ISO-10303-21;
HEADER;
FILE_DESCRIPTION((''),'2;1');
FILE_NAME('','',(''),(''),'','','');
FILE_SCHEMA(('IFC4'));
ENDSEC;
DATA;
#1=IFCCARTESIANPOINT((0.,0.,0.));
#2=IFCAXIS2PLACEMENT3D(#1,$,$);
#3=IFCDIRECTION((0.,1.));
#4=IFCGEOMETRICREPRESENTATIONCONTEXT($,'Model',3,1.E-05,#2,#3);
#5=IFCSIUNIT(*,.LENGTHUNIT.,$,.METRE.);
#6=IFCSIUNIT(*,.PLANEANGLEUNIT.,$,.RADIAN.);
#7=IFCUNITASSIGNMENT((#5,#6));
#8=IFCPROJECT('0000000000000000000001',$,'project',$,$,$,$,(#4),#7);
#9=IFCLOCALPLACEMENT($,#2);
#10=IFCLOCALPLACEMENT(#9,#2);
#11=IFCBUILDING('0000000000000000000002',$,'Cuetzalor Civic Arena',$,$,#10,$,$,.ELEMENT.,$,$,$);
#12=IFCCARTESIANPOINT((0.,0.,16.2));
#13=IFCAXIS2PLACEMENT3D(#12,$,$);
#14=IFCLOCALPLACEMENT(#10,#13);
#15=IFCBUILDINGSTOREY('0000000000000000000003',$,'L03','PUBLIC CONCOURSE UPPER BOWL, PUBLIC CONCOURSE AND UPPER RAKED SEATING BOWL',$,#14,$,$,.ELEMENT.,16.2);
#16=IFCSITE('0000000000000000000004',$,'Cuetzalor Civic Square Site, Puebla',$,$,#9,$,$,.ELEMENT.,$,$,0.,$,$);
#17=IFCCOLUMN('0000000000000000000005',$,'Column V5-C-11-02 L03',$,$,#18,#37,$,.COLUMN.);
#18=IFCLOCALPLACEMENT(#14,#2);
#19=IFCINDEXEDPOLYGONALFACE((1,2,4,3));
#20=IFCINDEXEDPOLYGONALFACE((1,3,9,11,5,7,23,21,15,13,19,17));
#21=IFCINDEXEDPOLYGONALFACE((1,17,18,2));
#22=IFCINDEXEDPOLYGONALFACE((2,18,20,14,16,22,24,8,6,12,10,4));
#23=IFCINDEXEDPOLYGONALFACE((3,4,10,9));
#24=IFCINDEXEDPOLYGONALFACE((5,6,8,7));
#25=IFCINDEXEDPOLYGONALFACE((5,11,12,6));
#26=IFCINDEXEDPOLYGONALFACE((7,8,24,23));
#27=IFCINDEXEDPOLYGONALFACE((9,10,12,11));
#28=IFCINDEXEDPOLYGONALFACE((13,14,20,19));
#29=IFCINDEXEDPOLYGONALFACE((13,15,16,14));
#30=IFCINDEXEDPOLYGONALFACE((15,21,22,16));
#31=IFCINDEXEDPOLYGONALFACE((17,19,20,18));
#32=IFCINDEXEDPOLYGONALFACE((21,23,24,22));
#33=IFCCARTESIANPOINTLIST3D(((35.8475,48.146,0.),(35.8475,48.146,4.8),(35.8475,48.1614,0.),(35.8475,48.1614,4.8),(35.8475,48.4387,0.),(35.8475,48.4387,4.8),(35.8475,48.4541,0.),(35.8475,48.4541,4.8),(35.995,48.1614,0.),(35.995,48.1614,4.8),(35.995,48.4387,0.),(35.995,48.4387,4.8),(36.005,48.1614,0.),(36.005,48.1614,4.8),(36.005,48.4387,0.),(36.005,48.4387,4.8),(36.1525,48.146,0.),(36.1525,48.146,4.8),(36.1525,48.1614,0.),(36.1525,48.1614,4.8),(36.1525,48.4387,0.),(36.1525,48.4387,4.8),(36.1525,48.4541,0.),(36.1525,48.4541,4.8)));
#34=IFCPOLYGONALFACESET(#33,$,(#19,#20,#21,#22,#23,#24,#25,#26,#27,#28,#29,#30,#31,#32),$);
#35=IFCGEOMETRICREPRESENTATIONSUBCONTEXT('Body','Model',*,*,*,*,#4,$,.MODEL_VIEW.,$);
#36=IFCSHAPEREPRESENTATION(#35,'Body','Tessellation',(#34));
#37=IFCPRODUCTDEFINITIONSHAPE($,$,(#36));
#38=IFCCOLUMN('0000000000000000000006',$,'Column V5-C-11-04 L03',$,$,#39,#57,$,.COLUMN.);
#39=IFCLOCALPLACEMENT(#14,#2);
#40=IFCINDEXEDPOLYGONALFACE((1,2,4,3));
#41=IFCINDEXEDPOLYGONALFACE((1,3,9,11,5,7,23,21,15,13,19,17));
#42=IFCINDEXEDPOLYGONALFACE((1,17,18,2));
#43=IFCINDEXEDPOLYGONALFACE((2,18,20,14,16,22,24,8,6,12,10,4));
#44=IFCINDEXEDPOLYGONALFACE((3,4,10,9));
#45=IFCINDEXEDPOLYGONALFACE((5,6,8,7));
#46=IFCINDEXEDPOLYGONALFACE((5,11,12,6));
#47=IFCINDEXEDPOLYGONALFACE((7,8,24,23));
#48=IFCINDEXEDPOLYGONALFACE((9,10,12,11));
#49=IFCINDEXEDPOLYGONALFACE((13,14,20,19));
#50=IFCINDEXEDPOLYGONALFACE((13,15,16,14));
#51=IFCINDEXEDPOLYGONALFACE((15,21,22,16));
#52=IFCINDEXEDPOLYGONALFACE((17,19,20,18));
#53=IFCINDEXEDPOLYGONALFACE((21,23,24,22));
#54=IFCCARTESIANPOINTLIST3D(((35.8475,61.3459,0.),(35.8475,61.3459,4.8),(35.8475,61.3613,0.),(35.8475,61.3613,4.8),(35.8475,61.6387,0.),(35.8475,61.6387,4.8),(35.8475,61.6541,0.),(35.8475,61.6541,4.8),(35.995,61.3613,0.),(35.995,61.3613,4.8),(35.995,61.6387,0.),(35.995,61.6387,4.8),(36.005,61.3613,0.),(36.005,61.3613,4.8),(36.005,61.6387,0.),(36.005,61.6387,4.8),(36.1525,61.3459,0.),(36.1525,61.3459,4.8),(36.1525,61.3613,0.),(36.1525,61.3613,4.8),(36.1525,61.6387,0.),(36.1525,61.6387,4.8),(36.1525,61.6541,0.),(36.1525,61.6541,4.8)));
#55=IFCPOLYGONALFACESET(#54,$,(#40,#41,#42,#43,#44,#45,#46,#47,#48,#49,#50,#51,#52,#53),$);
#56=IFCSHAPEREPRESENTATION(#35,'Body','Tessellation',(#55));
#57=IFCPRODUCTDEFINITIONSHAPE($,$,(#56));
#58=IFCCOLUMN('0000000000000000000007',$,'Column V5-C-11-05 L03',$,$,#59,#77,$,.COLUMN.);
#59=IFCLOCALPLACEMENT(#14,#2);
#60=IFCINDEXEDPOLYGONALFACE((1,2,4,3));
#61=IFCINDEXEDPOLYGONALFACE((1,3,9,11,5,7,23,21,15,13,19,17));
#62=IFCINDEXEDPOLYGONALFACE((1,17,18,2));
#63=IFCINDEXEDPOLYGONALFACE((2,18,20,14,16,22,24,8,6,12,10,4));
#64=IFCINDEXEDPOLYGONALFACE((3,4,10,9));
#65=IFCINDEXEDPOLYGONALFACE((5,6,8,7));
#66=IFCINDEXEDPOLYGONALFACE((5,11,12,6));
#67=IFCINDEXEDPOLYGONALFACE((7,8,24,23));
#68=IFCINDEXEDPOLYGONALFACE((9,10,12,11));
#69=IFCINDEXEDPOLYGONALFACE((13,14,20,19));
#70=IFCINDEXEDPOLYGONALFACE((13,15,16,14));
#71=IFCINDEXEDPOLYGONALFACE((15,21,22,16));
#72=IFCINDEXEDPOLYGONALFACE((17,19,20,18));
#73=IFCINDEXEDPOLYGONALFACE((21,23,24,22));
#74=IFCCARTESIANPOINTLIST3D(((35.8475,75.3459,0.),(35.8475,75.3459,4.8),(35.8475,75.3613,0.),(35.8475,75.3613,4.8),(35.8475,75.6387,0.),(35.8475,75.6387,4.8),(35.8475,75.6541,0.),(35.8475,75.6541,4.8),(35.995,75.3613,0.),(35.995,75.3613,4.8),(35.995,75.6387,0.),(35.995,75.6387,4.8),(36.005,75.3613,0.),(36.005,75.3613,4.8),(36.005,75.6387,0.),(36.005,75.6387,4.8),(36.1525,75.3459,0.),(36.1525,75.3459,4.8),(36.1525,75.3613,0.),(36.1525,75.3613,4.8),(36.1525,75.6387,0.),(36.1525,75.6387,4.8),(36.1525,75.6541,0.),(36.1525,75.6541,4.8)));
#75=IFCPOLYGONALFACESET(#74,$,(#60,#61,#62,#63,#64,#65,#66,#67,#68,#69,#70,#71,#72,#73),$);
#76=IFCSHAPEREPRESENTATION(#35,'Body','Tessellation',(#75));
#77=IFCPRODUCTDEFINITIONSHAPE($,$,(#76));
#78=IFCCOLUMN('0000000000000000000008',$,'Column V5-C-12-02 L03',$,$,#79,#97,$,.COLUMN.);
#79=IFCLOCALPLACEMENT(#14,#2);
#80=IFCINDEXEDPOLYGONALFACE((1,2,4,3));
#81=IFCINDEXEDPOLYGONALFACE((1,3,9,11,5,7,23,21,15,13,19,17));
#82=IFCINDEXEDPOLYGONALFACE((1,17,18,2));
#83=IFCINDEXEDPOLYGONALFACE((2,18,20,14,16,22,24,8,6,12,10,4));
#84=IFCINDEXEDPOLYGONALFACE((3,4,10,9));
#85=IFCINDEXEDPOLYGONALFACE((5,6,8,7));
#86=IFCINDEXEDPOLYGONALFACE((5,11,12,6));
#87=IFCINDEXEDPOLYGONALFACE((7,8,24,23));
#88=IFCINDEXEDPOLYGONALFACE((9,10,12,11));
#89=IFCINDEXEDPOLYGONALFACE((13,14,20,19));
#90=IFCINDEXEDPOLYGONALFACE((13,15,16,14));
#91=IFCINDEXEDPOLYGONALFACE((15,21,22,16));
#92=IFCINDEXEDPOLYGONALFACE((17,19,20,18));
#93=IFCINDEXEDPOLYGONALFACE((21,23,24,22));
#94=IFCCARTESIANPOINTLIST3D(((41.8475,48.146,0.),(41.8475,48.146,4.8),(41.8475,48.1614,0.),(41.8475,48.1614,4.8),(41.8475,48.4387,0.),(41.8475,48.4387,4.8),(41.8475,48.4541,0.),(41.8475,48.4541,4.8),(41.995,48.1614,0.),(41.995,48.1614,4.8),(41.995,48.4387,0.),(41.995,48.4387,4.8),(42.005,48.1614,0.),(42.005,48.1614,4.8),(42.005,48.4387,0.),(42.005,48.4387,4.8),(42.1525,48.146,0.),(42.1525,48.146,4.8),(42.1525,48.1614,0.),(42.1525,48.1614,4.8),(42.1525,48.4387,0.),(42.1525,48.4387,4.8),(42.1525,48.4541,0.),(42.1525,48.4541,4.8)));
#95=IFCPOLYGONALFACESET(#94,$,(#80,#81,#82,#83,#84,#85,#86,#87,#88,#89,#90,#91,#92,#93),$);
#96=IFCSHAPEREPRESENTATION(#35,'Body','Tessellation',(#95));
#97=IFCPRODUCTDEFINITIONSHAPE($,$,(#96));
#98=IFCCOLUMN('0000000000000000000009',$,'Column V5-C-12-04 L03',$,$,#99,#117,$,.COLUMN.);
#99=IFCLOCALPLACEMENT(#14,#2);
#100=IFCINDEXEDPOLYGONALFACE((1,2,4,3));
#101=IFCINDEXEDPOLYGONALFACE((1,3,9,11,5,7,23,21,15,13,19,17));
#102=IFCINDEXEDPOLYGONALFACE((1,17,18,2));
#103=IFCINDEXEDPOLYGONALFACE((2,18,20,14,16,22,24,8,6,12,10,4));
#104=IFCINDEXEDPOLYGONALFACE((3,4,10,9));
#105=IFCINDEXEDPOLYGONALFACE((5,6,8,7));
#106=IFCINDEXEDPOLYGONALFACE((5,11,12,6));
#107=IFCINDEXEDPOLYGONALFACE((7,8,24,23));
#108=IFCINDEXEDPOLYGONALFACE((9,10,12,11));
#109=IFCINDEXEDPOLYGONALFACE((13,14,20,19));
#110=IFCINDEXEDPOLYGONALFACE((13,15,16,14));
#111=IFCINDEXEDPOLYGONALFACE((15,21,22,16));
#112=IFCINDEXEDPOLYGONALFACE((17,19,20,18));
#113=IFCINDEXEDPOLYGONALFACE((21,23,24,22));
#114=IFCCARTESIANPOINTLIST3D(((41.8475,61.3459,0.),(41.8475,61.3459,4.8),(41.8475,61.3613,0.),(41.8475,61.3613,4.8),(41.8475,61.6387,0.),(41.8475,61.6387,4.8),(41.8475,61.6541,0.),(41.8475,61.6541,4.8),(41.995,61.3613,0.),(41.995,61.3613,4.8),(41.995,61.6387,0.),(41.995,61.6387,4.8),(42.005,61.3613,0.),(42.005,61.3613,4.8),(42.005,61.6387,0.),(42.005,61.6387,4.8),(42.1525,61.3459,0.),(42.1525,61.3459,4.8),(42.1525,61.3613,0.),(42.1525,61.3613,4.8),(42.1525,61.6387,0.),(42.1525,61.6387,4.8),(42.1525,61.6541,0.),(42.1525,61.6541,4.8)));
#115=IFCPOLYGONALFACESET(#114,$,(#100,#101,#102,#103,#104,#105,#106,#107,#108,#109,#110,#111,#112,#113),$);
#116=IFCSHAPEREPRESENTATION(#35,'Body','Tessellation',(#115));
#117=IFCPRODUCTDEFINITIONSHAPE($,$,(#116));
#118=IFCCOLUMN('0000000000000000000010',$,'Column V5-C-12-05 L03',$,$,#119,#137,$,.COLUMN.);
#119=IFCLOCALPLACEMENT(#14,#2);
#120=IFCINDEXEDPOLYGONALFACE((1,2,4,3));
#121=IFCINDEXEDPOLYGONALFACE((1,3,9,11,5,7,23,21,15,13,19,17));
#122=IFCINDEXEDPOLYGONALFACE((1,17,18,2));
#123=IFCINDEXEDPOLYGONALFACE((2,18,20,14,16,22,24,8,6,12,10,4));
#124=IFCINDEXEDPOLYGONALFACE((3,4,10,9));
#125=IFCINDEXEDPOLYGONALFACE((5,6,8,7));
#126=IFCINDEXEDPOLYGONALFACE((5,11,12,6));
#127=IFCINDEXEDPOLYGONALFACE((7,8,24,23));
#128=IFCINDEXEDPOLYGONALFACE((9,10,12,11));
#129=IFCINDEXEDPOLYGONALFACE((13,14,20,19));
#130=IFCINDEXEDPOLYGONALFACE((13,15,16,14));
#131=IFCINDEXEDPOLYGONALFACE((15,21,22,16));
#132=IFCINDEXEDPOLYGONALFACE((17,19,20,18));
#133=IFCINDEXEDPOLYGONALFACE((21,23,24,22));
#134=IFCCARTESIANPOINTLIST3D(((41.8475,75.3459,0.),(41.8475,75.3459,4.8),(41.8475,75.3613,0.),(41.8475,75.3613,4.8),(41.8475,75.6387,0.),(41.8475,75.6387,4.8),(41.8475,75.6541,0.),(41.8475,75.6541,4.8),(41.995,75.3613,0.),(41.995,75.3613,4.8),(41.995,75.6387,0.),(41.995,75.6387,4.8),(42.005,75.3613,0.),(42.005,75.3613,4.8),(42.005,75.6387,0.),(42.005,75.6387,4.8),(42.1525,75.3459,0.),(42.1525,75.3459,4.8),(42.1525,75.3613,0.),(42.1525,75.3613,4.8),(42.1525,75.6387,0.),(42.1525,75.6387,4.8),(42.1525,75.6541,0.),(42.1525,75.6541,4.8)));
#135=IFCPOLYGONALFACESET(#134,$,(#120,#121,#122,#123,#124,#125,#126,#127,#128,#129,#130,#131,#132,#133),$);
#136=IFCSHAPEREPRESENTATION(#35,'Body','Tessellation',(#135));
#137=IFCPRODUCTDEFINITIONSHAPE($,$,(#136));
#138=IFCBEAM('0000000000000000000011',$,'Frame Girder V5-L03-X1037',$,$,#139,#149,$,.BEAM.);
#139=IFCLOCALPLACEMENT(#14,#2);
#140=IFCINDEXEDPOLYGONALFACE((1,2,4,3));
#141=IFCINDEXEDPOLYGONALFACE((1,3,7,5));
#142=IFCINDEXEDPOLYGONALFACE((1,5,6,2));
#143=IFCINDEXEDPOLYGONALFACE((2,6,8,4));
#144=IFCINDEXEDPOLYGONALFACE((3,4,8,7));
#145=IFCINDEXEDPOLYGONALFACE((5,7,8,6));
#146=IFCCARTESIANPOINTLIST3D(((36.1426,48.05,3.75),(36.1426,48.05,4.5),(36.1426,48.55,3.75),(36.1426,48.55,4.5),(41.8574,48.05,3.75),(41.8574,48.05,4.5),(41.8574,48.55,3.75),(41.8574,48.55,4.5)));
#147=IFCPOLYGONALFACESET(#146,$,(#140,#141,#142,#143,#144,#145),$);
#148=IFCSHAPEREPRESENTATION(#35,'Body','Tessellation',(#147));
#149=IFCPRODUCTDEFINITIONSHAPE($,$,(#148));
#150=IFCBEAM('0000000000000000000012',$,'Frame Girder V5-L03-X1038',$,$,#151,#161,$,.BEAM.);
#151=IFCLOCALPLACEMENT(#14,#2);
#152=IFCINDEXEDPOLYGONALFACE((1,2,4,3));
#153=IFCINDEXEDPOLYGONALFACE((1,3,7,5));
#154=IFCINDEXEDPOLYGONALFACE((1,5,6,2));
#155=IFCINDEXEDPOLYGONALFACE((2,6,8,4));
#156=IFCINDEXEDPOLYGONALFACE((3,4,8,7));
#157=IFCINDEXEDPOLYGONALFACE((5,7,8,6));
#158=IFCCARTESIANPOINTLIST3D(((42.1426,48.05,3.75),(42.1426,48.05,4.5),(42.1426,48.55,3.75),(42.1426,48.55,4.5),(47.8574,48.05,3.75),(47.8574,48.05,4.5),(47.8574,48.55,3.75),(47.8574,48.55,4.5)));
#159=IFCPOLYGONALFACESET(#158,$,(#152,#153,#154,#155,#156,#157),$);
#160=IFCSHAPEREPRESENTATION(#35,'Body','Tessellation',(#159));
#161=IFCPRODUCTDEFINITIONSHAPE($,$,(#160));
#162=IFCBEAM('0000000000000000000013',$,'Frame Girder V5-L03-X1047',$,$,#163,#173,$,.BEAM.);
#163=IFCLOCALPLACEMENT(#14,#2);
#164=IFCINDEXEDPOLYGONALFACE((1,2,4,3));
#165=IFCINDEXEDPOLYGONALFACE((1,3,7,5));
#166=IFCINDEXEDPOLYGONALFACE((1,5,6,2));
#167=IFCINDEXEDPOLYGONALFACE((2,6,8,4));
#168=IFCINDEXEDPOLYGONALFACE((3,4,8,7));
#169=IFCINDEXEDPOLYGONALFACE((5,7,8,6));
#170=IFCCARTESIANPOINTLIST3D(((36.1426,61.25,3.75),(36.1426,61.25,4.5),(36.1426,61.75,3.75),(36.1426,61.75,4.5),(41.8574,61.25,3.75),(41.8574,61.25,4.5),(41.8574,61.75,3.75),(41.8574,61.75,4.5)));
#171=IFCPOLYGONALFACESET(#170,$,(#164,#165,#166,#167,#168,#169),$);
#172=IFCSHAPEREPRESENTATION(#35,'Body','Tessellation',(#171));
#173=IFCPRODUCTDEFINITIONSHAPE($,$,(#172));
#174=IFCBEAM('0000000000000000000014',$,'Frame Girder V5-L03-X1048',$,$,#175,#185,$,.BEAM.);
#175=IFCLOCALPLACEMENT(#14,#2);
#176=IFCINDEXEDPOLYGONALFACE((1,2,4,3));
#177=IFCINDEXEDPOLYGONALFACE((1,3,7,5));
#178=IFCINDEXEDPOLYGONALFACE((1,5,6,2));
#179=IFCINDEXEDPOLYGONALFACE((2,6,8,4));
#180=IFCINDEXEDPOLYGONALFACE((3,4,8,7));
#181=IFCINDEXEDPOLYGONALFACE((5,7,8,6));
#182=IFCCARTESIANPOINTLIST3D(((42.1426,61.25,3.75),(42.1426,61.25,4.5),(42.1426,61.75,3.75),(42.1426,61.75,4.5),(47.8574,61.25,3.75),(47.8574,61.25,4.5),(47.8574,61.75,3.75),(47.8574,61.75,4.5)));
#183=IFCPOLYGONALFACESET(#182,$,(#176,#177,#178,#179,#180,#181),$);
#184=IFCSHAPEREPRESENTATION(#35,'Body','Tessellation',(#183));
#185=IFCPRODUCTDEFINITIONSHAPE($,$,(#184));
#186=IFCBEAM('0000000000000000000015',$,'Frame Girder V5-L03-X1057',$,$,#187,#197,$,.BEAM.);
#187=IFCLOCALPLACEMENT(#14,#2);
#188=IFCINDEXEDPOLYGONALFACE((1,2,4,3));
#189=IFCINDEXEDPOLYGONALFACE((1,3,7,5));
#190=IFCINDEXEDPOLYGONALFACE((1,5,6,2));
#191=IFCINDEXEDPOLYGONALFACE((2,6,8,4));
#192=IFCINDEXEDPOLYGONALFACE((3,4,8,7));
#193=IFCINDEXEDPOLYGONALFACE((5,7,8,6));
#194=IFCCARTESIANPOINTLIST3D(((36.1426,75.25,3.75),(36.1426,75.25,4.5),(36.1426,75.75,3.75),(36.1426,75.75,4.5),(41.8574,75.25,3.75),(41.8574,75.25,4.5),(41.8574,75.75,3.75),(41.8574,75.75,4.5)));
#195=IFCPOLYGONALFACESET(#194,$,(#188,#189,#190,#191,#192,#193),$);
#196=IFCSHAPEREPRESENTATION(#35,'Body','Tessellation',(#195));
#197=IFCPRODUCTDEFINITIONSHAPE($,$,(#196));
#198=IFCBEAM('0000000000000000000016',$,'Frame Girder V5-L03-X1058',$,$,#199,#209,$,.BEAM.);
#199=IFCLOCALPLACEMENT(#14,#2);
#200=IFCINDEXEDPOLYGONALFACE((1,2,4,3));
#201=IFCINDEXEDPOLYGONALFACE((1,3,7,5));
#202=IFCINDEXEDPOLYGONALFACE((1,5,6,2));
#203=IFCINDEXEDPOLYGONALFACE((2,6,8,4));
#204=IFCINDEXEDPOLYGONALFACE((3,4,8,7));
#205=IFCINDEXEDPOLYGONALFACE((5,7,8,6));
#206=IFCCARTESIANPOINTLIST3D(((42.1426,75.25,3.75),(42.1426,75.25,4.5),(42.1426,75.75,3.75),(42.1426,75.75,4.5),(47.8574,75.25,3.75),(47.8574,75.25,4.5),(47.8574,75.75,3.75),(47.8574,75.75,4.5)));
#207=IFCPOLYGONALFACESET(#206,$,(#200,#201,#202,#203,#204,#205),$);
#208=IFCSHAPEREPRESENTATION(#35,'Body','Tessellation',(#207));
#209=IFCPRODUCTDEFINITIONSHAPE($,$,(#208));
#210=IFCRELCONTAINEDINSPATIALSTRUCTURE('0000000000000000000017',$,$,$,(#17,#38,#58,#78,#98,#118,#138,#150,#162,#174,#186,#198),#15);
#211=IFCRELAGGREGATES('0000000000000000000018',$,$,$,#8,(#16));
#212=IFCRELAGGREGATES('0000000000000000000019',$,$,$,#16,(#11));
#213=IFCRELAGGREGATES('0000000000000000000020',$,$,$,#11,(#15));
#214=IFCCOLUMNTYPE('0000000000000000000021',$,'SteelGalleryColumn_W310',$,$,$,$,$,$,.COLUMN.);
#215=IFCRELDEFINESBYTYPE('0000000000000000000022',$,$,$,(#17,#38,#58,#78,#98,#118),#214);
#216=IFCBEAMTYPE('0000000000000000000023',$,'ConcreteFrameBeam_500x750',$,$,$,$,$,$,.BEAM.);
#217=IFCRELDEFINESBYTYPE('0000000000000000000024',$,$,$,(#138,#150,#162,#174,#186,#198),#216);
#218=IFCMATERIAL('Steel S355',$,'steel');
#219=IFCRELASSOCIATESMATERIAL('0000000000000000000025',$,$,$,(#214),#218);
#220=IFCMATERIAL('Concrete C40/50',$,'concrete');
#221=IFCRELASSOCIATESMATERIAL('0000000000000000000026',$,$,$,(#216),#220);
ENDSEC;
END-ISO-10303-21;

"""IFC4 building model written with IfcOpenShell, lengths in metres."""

from ifc_helpers import new_model, si_unit, direction, frame, origin, origin_2d, place, context, subcontext, project, spatial, rectangle, i_section, extrude, material, material_profile, profile_set, type_object, element, save


model = new_model("IFC4")

# Units and contexts
model_context = context("Model", 3, precision=1e-05, world=origin(), true_north=direction((0.0, 1.0)))
body_context = subcontext(model_context, "Body", "Model", "MODEL_VIEW")
ifc_project = project(units=[si_unit("LENGTHUNIT", "METRE"), si_unit("PLANEANGLEUNIT", "RADIAN")], contexts=[model_context])

# Site, building, storey
site_placement = place(None, origin())
site = spatial("IfcSite", under=ifc_project, at=site_placement, Name="Cuetzalor Civic Square Site, Puebla", CompositionType="ELEMENT", RefElevation=0.0)
building_placement = place(site_placement, origin())
building = spatial("IfcBuilding", under=site, at=building_placement, Name="Cuetzalor Civic Arena", CompositionType="ELEMENT")
storey_placement = place(building_placement, frame((0.0, 0.0, 16.2)))
storey = spatial("IfcBuildingStorey", under=building, at=storey_placement, Name="L03", Description="PUBLIC CONCOURSE UPPER BOWL, PUBLIC CONCOURSE AND UPPER RAKED SEATING BOWL", CompositionType="ELEMENT", Elevation=16.2)

# Columns
ifc_material_1 = material(Name="Steel S355", Category="steel")
ifc_material_profile_1 = material_profile(ifc_material_1, i_section(OverallWidth=0.3049, OverallDepth=0.3081, WebThickness=0.01, FlangeThickness=0.0154, at=origin_2d()), Name="W310x97")
ifc_profile_set_1 = profile_set([ifc_material_profile_1], Name="Steel S355")
column_type = type_object("IfcColumnType", Name="SteelGalleryColumn_W310", PredefinedType="COLUMN", material=ifc_profile_set_1)
for number, where, z_axis, x_axis, name in (
    (1, (36.0, 48.3, 0.0), (0.0, 0.0, 1.0), (1.0, 0.0, 0.0), "Column V5-C-11-02 L03"),
    (2, (36.0, 61.5, 0.0), (0.0, 0.0, 1.0), (1.0, 0.0, 0.0), "Column V5-C-11-04 L03"),
    (3, (36.0, 75.5, 0.0), (0.0, 0.0, 1.0), (1.0, 0.0, 0.0), "Column V5-C-11-05 L03"),
    (4, (42.0, 48.3, 0.0), (0.0, 0.0, 1.0), (1.0, 0.0, 0.0), "Column V5-C-12-02 L03"),
    (5, (42.0, 61.5, 0.0), (0.0, 0.0, 1.0), (1.0, 0.0, 0.0), "Column V5-C-12-04 L03"),
    (6, (42.0, 75.5, 0.0), (0.0, 0.0, 1.0), (1.0, 0.0, 0.0), "Column V5-C-12-05 L03"),
):
    element("IfcColumn", number, at=place(storey_placement, frame(where, z_axis=z_axis, x_axis=x_axis)), inside=storey, type_object=column_type, Name=name, PredefinedType="COLUMN", context=body_context, shape_type="SweptSolid", body=[
        extrude(i_section(OverallWidth=0.3049, OverallDepth=0.3081, WebThickness=0.01, FlangeThickness=0.0154, at=origin_2d()), origin(), (0.0, 0.0, 1.0), 4.8),
    ])

# Beams
ifc_material_2 = material(Name="Concrete C40/50", Category="concrete")
ifc_material_profile_2 = material_profile(ifc_material_2, rectangle(XDim=0.5, YDim=0.75, at=origin_2d()), Name="RC 500x750")
ifc_profile_set_2 = profile_set([ifc_material_profile_2], Name="Concrete C40/50")
beam_type_1 = type_object("IfcBeamType", Name="ConcreteFrameBeam_500x750", PredefinedType="BEAM", material=ifc_profile_set_2)
for number, where, z_axis, x_axis, name in (
    (7, (36.1426, 48.3, 4.125), (1.0, 0.0, 0.0), (0.0, 1.0, 0.0), "Frame Girder V5-L03-X1037"),
    (8, (42.1426, 48.3, 4.125), (1.0, 0.0, 0.0), (0.0, 1.0, 0.0), "Frame Girder V5-L03-X1038"),
    (9, (36.1426, 61.5, 4.125), (1.0, 0.0, 0.0), (0.0, 1.0, 0.0), "Frame Girder V5-L03-X1047"),
    (10, (42.1426, 61.5, 4.125), (1.0, 0.0, 0.0), (0.0, 1.0, 0.0), "Frame Girder V5-L03-X1048"),
    (11, (36.1426, 75.5, 4.125), (1.0, 0.0, 0.0), (0.0, 1.0, 0.0), "Frame Girder V5-L03-X1057"),
    (12, (42.1426, 75.5, 4.125), (1.0, 0.0, 0.0), (0.0, 1.0, 0.0), "Frame Girder V5-L03-X1058"),
):
    element("IfcBeam", number, at=place(storey_placement, frame(where, z_axis=z_axis, x_axis=x_axis)), inside=storey, type_object=beam_type_1, Name=name, PredefinedType="BEAM", context=body_context, shape_type="SweptSolid", body=[
        extrude(rectangle(XDim=0.5, YDim=0.75, at=origin_2d()), origin(), (0.0, 0.0, 1.0), 5.7148),
    ])

save(model, "model.ifc")
